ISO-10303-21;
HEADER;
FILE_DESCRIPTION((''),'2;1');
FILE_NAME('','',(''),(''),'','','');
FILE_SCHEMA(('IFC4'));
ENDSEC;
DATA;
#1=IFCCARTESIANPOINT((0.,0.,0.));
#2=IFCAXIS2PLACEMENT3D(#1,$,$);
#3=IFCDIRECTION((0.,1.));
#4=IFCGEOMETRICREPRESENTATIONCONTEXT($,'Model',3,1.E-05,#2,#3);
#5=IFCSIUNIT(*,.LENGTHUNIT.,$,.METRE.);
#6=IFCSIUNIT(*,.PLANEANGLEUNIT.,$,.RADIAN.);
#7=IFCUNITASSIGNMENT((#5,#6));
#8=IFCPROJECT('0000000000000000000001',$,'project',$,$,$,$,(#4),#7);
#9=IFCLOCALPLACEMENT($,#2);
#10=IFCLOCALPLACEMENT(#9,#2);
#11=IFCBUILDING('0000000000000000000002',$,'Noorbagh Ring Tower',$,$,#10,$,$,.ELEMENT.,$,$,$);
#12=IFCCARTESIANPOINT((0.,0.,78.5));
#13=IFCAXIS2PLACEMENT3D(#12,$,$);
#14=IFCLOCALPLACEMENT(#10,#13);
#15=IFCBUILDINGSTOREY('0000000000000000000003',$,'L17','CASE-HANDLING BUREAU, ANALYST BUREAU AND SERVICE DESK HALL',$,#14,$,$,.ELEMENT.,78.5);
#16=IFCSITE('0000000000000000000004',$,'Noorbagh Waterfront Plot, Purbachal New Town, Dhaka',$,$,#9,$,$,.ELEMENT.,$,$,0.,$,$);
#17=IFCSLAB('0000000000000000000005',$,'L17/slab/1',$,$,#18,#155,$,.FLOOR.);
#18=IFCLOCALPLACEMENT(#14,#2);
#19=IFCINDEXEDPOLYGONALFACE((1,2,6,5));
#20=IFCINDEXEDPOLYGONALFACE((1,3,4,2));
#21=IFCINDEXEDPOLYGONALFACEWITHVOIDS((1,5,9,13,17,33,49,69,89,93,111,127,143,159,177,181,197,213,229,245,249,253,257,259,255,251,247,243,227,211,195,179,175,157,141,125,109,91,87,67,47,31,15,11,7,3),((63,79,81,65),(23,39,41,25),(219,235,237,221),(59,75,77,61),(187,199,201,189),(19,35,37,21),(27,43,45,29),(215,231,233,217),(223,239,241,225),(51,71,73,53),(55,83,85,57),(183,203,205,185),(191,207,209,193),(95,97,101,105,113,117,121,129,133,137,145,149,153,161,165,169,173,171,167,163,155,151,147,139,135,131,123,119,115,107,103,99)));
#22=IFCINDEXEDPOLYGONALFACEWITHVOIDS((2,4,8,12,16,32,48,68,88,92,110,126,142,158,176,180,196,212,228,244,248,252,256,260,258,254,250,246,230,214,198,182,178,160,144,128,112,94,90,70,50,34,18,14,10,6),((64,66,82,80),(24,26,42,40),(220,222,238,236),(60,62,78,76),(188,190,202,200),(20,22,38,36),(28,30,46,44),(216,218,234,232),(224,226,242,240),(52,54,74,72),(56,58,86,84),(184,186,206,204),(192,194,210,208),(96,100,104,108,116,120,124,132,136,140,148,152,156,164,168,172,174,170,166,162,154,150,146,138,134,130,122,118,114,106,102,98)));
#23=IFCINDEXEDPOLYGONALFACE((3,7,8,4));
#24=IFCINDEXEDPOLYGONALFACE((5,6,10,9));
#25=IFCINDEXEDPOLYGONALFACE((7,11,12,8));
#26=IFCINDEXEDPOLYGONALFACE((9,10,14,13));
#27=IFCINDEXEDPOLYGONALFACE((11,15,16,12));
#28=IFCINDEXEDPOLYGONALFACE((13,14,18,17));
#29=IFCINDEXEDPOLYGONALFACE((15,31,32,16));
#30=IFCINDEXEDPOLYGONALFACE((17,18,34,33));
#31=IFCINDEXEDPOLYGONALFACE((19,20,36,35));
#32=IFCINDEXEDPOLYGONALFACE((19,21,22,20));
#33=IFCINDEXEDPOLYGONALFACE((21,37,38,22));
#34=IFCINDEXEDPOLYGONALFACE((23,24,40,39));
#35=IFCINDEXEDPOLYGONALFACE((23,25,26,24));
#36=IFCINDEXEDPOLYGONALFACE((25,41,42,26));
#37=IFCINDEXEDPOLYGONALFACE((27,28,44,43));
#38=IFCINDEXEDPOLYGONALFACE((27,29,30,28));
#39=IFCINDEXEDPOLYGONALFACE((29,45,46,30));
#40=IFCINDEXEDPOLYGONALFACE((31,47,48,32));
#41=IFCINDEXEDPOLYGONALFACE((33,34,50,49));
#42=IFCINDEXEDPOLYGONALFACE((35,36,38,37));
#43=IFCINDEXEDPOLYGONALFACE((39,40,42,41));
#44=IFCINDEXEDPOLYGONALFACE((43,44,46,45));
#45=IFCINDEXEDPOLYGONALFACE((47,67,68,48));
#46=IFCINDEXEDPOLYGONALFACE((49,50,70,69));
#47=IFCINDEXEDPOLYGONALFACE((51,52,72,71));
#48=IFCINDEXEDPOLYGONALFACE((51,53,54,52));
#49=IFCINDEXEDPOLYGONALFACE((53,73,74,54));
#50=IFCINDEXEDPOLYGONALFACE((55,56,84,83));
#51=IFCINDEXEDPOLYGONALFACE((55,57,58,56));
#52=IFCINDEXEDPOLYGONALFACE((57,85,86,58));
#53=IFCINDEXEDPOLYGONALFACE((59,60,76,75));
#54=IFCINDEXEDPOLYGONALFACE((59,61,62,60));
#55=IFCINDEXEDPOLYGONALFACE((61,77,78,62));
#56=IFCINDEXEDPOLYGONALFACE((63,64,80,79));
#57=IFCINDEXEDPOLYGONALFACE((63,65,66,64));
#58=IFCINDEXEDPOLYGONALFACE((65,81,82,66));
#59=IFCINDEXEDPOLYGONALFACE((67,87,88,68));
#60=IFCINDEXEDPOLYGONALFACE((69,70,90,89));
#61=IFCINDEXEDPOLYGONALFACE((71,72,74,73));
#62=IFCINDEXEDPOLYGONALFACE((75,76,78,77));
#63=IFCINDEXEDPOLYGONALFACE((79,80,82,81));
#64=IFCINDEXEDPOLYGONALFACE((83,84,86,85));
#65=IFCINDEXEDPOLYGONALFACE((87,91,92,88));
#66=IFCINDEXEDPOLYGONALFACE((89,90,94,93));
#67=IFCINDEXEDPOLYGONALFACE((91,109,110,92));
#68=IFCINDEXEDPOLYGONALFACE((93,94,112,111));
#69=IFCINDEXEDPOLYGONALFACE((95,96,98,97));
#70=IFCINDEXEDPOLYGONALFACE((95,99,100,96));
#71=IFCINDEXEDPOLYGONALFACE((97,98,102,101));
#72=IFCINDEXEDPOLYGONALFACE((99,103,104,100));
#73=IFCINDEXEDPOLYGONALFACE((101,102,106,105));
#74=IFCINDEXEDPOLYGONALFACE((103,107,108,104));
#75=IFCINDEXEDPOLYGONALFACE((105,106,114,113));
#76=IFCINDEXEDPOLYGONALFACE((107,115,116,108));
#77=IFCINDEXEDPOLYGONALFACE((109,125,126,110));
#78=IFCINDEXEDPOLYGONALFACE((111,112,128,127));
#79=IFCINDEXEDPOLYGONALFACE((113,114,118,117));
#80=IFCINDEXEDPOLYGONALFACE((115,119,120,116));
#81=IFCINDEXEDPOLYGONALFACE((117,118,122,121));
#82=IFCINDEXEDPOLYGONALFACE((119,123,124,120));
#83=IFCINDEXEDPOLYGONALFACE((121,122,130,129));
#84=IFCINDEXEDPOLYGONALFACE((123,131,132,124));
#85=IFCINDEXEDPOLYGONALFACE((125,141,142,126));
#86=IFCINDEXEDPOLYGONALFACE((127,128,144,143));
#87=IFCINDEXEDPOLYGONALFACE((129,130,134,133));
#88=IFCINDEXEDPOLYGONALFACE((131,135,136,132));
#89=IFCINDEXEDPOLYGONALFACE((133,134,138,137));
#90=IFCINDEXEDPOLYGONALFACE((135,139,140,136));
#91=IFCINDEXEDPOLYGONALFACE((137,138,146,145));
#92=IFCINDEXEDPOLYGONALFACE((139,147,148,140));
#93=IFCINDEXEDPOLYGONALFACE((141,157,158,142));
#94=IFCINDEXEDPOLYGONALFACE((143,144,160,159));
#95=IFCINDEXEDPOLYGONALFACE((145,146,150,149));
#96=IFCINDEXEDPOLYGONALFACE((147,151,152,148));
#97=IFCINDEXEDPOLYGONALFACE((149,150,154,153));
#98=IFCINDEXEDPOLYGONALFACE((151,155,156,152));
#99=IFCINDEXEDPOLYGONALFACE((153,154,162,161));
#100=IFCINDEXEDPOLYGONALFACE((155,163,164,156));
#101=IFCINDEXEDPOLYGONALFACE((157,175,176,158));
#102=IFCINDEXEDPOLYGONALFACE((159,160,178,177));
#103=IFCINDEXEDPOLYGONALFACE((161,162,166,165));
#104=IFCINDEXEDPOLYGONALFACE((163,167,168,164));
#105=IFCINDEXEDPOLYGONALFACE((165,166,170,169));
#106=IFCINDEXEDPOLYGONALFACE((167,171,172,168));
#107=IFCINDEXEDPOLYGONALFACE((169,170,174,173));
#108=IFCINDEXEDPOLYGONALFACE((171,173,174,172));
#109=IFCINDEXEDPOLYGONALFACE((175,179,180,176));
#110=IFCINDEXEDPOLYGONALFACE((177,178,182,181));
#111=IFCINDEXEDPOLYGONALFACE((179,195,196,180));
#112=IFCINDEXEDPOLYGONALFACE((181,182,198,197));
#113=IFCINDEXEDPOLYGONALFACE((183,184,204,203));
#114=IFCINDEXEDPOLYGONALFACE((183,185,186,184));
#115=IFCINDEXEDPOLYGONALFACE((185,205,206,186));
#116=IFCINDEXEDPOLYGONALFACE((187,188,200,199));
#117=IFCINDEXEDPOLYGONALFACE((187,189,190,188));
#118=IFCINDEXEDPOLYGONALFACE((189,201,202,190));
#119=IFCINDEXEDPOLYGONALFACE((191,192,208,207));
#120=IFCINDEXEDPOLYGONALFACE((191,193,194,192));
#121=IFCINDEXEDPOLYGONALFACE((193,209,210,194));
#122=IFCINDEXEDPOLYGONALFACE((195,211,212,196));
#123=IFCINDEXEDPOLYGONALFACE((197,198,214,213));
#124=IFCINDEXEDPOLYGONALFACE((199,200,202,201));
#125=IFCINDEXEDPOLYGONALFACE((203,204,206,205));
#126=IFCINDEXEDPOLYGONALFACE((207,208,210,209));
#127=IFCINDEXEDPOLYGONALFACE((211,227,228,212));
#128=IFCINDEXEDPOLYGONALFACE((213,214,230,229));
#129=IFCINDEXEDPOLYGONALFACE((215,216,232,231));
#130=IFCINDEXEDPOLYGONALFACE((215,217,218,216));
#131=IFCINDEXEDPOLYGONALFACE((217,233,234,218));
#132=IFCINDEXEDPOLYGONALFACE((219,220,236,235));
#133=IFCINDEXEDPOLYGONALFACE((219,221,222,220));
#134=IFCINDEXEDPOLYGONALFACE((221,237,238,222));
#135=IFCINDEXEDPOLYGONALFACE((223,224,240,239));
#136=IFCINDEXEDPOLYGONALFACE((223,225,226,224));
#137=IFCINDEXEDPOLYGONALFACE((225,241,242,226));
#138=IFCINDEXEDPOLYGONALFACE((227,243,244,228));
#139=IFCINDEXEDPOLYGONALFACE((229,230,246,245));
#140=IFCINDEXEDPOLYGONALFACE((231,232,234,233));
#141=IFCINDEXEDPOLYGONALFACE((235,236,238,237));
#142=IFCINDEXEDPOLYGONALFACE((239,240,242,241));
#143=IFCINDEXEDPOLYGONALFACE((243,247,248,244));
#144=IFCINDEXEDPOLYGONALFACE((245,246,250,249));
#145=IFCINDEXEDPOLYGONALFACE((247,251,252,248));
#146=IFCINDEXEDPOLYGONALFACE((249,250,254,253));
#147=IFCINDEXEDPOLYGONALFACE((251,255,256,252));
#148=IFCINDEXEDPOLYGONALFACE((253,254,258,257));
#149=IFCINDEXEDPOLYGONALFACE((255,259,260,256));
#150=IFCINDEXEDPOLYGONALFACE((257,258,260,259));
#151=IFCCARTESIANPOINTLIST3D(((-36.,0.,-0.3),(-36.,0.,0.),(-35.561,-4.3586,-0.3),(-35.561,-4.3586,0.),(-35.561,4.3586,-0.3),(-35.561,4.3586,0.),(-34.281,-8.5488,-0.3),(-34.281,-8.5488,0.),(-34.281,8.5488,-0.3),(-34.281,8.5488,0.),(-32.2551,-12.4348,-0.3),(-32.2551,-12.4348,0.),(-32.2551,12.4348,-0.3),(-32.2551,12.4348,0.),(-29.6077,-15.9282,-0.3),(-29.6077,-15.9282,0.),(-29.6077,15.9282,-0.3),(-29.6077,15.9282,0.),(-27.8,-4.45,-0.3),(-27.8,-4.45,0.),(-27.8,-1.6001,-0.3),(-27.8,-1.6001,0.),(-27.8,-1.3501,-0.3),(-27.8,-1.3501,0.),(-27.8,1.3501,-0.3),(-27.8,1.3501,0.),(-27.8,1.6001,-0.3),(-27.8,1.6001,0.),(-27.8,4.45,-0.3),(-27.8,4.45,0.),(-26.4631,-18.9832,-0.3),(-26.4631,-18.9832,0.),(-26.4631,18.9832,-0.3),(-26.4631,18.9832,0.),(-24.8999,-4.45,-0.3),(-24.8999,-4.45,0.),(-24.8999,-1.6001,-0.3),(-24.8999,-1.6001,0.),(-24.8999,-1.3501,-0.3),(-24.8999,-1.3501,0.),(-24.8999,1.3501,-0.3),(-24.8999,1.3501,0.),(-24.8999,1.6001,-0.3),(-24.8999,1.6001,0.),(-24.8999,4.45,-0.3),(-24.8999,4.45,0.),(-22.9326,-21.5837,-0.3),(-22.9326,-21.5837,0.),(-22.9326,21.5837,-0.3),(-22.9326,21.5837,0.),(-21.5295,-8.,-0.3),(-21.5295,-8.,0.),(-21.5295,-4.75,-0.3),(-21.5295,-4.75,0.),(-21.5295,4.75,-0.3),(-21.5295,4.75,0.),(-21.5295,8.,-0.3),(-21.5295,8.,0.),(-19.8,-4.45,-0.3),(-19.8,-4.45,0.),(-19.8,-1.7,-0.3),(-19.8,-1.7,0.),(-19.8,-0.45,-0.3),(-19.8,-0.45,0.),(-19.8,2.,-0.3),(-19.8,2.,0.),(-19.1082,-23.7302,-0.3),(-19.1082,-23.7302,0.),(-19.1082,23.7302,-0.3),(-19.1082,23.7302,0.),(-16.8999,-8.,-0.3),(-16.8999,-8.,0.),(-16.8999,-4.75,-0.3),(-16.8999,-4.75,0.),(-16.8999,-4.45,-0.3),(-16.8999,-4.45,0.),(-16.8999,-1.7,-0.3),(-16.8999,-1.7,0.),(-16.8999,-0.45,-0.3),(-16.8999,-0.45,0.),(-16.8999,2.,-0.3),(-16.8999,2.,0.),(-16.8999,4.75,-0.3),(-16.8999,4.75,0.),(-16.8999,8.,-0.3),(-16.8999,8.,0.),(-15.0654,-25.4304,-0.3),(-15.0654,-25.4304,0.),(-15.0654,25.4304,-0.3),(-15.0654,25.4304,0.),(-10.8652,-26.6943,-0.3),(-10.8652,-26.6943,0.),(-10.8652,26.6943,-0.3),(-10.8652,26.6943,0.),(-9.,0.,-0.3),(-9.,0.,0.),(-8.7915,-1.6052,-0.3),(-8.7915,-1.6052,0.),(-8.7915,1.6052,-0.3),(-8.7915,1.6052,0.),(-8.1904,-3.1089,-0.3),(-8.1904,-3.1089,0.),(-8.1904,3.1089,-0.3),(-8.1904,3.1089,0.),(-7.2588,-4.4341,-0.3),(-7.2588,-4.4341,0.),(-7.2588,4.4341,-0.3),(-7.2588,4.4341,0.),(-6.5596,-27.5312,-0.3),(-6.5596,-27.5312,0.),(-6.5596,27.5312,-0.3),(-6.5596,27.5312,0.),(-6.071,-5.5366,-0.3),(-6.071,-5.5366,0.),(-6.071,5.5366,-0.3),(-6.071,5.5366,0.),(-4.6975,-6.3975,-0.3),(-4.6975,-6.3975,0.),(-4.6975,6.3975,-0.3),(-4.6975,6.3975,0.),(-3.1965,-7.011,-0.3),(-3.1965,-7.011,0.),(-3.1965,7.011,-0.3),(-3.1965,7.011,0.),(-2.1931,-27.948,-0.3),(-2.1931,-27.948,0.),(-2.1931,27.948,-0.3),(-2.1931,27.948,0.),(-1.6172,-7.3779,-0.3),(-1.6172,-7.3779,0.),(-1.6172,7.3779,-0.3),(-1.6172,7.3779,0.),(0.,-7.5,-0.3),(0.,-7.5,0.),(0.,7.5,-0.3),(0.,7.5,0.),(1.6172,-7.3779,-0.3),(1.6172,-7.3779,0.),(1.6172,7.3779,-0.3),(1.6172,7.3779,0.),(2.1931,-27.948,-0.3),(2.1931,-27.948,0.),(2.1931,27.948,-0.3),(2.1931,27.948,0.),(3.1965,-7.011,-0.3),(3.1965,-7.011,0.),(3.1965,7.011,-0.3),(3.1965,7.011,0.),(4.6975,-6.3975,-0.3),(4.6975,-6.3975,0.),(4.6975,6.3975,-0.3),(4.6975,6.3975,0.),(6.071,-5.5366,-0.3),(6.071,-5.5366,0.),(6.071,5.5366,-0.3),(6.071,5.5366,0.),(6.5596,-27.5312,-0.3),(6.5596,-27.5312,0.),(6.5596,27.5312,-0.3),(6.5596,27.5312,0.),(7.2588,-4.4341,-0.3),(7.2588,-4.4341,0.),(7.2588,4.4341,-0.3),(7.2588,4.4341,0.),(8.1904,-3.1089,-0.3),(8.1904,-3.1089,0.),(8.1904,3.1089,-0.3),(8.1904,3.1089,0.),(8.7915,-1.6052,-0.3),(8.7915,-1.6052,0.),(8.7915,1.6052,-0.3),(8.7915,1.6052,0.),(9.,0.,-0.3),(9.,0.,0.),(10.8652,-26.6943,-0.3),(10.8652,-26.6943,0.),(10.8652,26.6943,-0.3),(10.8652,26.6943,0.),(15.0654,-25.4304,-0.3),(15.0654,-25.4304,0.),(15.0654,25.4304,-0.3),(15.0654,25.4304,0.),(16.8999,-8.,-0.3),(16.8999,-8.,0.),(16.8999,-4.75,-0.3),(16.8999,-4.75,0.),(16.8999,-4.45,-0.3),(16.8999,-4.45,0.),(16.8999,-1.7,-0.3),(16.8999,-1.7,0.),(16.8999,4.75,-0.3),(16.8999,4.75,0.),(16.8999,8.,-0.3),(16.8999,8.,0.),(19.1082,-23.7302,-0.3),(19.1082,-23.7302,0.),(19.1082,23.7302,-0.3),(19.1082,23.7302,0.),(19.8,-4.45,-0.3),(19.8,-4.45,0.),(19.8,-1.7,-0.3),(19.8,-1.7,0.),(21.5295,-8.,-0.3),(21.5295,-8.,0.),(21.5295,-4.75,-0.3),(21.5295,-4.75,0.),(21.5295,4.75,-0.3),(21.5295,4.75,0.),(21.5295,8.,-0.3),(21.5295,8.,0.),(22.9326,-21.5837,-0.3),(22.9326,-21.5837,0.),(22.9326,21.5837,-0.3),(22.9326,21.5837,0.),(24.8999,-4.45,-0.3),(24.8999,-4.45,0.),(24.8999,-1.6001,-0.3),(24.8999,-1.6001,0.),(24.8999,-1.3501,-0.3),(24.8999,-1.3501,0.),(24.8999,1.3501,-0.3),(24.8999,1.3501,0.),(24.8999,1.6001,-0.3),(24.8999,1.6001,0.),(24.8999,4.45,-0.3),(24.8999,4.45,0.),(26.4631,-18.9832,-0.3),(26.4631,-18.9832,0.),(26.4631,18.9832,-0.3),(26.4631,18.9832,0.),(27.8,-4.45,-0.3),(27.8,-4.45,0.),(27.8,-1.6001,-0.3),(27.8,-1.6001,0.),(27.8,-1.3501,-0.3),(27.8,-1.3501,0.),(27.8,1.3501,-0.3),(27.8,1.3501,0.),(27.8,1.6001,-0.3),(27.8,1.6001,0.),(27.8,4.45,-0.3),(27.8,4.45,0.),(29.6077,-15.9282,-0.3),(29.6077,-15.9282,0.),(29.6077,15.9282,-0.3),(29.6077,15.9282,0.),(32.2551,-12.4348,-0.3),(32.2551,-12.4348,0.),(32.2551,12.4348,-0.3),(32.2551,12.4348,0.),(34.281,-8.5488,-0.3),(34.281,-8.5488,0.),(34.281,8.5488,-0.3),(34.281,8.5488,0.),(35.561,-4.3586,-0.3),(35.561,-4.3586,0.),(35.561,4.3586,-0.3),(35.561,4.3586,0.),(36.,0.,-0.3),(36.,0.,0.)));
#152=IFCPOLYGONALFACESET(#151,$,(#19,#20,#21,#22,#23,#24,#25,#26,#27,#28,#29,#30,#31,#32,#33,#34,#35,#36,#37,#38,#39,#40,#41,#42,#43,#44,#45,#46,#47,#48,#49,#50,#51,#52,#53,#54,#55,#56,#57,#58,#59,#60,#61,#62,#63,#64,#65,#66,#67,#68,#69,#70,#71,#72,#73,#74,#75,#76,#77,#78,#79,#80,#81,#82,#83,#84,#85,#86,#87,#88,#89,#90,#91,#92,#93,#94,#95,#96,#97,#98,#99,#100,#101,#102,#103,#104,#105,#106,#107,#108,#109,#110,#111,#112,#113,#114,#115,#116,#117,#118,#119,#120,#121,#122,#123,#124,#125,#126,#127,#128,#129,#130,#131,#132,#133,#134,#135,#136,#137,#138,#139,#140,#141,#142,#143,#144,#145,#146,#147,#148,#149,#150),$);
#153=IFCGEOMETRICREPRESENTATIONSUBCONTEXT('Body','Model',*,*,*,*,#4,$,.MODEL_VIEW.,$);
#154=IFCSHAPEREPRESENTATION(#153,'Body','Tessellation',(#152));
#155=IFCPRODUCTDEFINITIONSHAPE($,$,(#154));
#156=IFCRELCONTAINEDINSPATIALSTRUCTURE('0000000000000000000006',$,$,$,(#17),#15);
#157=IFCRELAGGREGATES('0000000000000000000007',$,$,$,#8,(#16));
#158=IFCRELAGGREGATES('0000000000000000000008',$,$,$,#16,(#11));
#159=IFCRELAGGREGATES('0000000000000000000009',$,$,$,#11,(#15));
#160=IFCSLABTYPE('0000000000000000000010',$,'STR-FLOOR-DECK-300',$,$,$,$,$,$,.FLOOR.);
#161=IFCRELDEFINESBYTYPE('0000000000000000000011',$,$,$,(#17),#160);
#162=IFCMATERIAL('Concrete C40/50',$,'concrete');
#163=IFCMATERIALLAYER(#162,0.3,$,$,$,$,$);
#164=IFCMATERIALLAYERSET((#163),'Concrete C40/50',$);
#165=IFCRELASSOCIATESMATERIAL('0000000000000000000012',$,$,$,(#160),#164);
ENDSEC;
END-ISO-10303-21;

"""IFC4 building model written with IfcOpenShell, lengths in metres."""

from ifc_helpers import new_model, si_unit, direction, frame, origin, place, context, subcontext, project, spatial, polyline, outline, extrude, material, layer, layer_set, type_object, element, save


model = new_model("IFC4")

# Units and contexts
model_context = context("Model", 3, precision=1e-05, world=origin(), true_north=direction((0.0, 1.0)))
body_context = subcontext(model_context, "Body", "Model", "MODEL_VIEW")
ifc_project = project(units=[si_unit("LENGTHUNIT", "METRE"), si_unit("PLANEANGLEUNIT", "RADIAN")], contexts=[model_context])

# Site, building, storey
site_placement = place(None, origin())
site = spatial("IfcSite", under=ifc_project, at=site_placement, Name="Noorbagh Waterfront Plot, Purbachal New Town, Dhaka", CompositionType="ELEMENT", RefElevation=0.0)
building_placement = place(site_placement, origin())
building = spatial("IfcBuilding", under=site, at=building_placement, Name="Noorbagh Ring Tower", CompositionType="ELEMENT")
storey_placement = place(building_placement, frame((0.0, 0.0, 78.5)))
storey = spatial("IfcBuildingStorey", under=building, at=storey_placement, Name="L17", Description="CASE-HANDLING BUREAU, ANALYST BUREAU AND SERVICE DESK HALL", CompositionType="ELEMENT", Elevation=78.5)

# Slab
ifc_material_1 = material(Name="Concrete C40/50", Category="concrete")
ifc_layer_1 = layer(ifc_material_1, 0.3)
ifc_layer_set_1 = layer_set([ifc_layer_1], Name="Concrete C40/50")
slab_type_1 = type_object("IfcSlabType", Name="STR-FLOOR-DECK-300", PredefinedType="FLOOR", material=ifc_layer_set_1)
slab_1_placement = place(storey_placement, frame((0.0, 0.0, -0.3)))
element("IfcSlab", 1, at=slab_1_placement, inside=storey, type_object=slab_type_1, Name="L17/slab/1", PredefinedType="FLOOR", context=body_context, shape_type="SweptSolid", body=[
    extrude(outline(polyline([(36.0, 0.0), (35.561, 4.3586), (34.281, 8.5488), (32.2551, 12.4348), (29.6077, 15.9282), (26.4631, 18.9832), (22.9326, 21.5837), (19.1082, 23.7302), (15.0654, 25.4304), (10.8652, 26.6943), (6.5596, 27.5312), (2.1931, 27.948), (-2.1931, 27.948), (-6.5596, 27.5312), (-10.8652, 26.6943), (-15.0654, 25.4304), (-19.1082, 23.7302), (-22.9326, 21.5837), (-26.4631, 18.9832), (-29.6077, 15.9282), (-32.2551, 12.4348), (-34.281, 8.5488), (-35.561, 4.3586), (-36.0, 0.0), (-35.561, -4.3586), (-34.281, -8.5488), (-32.2551, -12.4348), (-29.6077, -15.9282), (-26.4631, -18.9832), (-22.9326, -21.5837), (-19.1082, -23.7302), (-15.0654, -25.4304), (-10.8652, -26.6943), (-6.5596, -27.5312), (-2.1931, -27.948), (2.1931, -27.948), (6.5596, -27.5312), (10.8652, -26.6943), (15.0654, -25.4304), (19.1082, -23.7302), (22.9326, -21.5837), (26.4631, -18.9832), (29.6077, -15.9282), (32.2551, -12.4348), (34.281, -8.5488), (35.561, -4.3586), (36.0, 0.0)]), holes=[polyline([(24.8999, -1.6001), (27.8, -1.6001), (27.8, -4.45), (24.8999, -4.45), (24.8999, -1.6001)]), polyline([(24.8999, 1.3501), (27.8, 1.3501), (27.8, -1.3501), (24.8999, -1.3501), (24.8999, 1.3501)]), polyline([(24.8999, 4.45), (27.8, 4.45), (27.8, 1.6001), (24.8999, 1.6001), (24.8999, 4.45)]), polyline([(21.5295, -4.75), (21.5295, -8.0), (16.8999, -8.0), (16.8999, -4.75), (21.5295, -4.75)]), polyline([(21.5295, 4.75), (16.8999, 4.75), (16.8999, 8.0), (21.5295, 8.0), (21.5295, 4.75)]), polyline([(16.8999, -1.7), (19.8, -1.7), (19.8, -4.45), (16.8999, -4.45), (16.8999, -1.7)]), polyline([(4.6975, -6.3975), (3.1965, -7.011), (1.6172, -7.3779), (0.0, -7.5), (-1.6172, -7.3779), (-3.1965, -7.011), (-4.6975, -6.3975), (-6.071, -5.5366), (-7.2588, -4.4341), (-8.1904, -3.1089), (-8.7915, -1.6052), (-9.0, 0.0), (-8.7915, 1.6052), (-8.1904, 3.1089), (-7.2588, 4.4341), (-6.071, 5.5366), (-4.6975, 6.3975), (-3.1965, 7.011), (-1.6172, 7.3779), (0.0, 7.5), (1.6172, 7.3779), (3.1965, 7.011), (4.6975, 6.3975), (6.071, 5.5366), (7.2588, 4.4341), (8.1904, 3.1089), (8.7915, 1.6052), (9.0, 0.0), (8.7915, -1.6052), (8.1904, -3.1089), (7.2588, -4.4341), (6.071, -5.5366), (4.6975, -6.3975)]), polyline([(-21.5295, -8.0), (-21.5295, -4.75), (-16.8999, -4.75), (-16.8999, -8.0), (-21.5295, -8.0)]), polyline([(-21.5295, 8.0), (-16.8999, 8.0), (-16.8999, 4.75), (-21.5295, 4.75), (-21.5295, 8.0)]), polyline([(-16.8999, -4.45), (-19.8, -4.45), (-19.8, -1.7), (-16.8999, -1.7), (-16.8999, -4.45)]), polyline([(-16.8999, -0.45), (-19.8, -0.45), (-19.8, 2.0), (-16.8999, 2.0), (-16.8999, -0.45)]), polyline([(-24.8999, -4.45), (-27.8, -4.45), (-27.8, -1.6001), (-24.8999, -1.6001), (-24.8999, -4.45)]), polyline([(-24.8999, -1.3501), (-27.8, -1.3501), (-27.8, 1.3501), (-24.8999, 1.3501), (-24.8999, -1.3501)]), polyline([(-24.8999, 1.6001), (-27.8, 1.6001), (-27.8, 4.45), (-24.8999, 4.45), (-24.8999, 1.6001)])]), origin(), (0.0, 0.0, 1.0), 0.3),
])

save(model, "model.ifc")
